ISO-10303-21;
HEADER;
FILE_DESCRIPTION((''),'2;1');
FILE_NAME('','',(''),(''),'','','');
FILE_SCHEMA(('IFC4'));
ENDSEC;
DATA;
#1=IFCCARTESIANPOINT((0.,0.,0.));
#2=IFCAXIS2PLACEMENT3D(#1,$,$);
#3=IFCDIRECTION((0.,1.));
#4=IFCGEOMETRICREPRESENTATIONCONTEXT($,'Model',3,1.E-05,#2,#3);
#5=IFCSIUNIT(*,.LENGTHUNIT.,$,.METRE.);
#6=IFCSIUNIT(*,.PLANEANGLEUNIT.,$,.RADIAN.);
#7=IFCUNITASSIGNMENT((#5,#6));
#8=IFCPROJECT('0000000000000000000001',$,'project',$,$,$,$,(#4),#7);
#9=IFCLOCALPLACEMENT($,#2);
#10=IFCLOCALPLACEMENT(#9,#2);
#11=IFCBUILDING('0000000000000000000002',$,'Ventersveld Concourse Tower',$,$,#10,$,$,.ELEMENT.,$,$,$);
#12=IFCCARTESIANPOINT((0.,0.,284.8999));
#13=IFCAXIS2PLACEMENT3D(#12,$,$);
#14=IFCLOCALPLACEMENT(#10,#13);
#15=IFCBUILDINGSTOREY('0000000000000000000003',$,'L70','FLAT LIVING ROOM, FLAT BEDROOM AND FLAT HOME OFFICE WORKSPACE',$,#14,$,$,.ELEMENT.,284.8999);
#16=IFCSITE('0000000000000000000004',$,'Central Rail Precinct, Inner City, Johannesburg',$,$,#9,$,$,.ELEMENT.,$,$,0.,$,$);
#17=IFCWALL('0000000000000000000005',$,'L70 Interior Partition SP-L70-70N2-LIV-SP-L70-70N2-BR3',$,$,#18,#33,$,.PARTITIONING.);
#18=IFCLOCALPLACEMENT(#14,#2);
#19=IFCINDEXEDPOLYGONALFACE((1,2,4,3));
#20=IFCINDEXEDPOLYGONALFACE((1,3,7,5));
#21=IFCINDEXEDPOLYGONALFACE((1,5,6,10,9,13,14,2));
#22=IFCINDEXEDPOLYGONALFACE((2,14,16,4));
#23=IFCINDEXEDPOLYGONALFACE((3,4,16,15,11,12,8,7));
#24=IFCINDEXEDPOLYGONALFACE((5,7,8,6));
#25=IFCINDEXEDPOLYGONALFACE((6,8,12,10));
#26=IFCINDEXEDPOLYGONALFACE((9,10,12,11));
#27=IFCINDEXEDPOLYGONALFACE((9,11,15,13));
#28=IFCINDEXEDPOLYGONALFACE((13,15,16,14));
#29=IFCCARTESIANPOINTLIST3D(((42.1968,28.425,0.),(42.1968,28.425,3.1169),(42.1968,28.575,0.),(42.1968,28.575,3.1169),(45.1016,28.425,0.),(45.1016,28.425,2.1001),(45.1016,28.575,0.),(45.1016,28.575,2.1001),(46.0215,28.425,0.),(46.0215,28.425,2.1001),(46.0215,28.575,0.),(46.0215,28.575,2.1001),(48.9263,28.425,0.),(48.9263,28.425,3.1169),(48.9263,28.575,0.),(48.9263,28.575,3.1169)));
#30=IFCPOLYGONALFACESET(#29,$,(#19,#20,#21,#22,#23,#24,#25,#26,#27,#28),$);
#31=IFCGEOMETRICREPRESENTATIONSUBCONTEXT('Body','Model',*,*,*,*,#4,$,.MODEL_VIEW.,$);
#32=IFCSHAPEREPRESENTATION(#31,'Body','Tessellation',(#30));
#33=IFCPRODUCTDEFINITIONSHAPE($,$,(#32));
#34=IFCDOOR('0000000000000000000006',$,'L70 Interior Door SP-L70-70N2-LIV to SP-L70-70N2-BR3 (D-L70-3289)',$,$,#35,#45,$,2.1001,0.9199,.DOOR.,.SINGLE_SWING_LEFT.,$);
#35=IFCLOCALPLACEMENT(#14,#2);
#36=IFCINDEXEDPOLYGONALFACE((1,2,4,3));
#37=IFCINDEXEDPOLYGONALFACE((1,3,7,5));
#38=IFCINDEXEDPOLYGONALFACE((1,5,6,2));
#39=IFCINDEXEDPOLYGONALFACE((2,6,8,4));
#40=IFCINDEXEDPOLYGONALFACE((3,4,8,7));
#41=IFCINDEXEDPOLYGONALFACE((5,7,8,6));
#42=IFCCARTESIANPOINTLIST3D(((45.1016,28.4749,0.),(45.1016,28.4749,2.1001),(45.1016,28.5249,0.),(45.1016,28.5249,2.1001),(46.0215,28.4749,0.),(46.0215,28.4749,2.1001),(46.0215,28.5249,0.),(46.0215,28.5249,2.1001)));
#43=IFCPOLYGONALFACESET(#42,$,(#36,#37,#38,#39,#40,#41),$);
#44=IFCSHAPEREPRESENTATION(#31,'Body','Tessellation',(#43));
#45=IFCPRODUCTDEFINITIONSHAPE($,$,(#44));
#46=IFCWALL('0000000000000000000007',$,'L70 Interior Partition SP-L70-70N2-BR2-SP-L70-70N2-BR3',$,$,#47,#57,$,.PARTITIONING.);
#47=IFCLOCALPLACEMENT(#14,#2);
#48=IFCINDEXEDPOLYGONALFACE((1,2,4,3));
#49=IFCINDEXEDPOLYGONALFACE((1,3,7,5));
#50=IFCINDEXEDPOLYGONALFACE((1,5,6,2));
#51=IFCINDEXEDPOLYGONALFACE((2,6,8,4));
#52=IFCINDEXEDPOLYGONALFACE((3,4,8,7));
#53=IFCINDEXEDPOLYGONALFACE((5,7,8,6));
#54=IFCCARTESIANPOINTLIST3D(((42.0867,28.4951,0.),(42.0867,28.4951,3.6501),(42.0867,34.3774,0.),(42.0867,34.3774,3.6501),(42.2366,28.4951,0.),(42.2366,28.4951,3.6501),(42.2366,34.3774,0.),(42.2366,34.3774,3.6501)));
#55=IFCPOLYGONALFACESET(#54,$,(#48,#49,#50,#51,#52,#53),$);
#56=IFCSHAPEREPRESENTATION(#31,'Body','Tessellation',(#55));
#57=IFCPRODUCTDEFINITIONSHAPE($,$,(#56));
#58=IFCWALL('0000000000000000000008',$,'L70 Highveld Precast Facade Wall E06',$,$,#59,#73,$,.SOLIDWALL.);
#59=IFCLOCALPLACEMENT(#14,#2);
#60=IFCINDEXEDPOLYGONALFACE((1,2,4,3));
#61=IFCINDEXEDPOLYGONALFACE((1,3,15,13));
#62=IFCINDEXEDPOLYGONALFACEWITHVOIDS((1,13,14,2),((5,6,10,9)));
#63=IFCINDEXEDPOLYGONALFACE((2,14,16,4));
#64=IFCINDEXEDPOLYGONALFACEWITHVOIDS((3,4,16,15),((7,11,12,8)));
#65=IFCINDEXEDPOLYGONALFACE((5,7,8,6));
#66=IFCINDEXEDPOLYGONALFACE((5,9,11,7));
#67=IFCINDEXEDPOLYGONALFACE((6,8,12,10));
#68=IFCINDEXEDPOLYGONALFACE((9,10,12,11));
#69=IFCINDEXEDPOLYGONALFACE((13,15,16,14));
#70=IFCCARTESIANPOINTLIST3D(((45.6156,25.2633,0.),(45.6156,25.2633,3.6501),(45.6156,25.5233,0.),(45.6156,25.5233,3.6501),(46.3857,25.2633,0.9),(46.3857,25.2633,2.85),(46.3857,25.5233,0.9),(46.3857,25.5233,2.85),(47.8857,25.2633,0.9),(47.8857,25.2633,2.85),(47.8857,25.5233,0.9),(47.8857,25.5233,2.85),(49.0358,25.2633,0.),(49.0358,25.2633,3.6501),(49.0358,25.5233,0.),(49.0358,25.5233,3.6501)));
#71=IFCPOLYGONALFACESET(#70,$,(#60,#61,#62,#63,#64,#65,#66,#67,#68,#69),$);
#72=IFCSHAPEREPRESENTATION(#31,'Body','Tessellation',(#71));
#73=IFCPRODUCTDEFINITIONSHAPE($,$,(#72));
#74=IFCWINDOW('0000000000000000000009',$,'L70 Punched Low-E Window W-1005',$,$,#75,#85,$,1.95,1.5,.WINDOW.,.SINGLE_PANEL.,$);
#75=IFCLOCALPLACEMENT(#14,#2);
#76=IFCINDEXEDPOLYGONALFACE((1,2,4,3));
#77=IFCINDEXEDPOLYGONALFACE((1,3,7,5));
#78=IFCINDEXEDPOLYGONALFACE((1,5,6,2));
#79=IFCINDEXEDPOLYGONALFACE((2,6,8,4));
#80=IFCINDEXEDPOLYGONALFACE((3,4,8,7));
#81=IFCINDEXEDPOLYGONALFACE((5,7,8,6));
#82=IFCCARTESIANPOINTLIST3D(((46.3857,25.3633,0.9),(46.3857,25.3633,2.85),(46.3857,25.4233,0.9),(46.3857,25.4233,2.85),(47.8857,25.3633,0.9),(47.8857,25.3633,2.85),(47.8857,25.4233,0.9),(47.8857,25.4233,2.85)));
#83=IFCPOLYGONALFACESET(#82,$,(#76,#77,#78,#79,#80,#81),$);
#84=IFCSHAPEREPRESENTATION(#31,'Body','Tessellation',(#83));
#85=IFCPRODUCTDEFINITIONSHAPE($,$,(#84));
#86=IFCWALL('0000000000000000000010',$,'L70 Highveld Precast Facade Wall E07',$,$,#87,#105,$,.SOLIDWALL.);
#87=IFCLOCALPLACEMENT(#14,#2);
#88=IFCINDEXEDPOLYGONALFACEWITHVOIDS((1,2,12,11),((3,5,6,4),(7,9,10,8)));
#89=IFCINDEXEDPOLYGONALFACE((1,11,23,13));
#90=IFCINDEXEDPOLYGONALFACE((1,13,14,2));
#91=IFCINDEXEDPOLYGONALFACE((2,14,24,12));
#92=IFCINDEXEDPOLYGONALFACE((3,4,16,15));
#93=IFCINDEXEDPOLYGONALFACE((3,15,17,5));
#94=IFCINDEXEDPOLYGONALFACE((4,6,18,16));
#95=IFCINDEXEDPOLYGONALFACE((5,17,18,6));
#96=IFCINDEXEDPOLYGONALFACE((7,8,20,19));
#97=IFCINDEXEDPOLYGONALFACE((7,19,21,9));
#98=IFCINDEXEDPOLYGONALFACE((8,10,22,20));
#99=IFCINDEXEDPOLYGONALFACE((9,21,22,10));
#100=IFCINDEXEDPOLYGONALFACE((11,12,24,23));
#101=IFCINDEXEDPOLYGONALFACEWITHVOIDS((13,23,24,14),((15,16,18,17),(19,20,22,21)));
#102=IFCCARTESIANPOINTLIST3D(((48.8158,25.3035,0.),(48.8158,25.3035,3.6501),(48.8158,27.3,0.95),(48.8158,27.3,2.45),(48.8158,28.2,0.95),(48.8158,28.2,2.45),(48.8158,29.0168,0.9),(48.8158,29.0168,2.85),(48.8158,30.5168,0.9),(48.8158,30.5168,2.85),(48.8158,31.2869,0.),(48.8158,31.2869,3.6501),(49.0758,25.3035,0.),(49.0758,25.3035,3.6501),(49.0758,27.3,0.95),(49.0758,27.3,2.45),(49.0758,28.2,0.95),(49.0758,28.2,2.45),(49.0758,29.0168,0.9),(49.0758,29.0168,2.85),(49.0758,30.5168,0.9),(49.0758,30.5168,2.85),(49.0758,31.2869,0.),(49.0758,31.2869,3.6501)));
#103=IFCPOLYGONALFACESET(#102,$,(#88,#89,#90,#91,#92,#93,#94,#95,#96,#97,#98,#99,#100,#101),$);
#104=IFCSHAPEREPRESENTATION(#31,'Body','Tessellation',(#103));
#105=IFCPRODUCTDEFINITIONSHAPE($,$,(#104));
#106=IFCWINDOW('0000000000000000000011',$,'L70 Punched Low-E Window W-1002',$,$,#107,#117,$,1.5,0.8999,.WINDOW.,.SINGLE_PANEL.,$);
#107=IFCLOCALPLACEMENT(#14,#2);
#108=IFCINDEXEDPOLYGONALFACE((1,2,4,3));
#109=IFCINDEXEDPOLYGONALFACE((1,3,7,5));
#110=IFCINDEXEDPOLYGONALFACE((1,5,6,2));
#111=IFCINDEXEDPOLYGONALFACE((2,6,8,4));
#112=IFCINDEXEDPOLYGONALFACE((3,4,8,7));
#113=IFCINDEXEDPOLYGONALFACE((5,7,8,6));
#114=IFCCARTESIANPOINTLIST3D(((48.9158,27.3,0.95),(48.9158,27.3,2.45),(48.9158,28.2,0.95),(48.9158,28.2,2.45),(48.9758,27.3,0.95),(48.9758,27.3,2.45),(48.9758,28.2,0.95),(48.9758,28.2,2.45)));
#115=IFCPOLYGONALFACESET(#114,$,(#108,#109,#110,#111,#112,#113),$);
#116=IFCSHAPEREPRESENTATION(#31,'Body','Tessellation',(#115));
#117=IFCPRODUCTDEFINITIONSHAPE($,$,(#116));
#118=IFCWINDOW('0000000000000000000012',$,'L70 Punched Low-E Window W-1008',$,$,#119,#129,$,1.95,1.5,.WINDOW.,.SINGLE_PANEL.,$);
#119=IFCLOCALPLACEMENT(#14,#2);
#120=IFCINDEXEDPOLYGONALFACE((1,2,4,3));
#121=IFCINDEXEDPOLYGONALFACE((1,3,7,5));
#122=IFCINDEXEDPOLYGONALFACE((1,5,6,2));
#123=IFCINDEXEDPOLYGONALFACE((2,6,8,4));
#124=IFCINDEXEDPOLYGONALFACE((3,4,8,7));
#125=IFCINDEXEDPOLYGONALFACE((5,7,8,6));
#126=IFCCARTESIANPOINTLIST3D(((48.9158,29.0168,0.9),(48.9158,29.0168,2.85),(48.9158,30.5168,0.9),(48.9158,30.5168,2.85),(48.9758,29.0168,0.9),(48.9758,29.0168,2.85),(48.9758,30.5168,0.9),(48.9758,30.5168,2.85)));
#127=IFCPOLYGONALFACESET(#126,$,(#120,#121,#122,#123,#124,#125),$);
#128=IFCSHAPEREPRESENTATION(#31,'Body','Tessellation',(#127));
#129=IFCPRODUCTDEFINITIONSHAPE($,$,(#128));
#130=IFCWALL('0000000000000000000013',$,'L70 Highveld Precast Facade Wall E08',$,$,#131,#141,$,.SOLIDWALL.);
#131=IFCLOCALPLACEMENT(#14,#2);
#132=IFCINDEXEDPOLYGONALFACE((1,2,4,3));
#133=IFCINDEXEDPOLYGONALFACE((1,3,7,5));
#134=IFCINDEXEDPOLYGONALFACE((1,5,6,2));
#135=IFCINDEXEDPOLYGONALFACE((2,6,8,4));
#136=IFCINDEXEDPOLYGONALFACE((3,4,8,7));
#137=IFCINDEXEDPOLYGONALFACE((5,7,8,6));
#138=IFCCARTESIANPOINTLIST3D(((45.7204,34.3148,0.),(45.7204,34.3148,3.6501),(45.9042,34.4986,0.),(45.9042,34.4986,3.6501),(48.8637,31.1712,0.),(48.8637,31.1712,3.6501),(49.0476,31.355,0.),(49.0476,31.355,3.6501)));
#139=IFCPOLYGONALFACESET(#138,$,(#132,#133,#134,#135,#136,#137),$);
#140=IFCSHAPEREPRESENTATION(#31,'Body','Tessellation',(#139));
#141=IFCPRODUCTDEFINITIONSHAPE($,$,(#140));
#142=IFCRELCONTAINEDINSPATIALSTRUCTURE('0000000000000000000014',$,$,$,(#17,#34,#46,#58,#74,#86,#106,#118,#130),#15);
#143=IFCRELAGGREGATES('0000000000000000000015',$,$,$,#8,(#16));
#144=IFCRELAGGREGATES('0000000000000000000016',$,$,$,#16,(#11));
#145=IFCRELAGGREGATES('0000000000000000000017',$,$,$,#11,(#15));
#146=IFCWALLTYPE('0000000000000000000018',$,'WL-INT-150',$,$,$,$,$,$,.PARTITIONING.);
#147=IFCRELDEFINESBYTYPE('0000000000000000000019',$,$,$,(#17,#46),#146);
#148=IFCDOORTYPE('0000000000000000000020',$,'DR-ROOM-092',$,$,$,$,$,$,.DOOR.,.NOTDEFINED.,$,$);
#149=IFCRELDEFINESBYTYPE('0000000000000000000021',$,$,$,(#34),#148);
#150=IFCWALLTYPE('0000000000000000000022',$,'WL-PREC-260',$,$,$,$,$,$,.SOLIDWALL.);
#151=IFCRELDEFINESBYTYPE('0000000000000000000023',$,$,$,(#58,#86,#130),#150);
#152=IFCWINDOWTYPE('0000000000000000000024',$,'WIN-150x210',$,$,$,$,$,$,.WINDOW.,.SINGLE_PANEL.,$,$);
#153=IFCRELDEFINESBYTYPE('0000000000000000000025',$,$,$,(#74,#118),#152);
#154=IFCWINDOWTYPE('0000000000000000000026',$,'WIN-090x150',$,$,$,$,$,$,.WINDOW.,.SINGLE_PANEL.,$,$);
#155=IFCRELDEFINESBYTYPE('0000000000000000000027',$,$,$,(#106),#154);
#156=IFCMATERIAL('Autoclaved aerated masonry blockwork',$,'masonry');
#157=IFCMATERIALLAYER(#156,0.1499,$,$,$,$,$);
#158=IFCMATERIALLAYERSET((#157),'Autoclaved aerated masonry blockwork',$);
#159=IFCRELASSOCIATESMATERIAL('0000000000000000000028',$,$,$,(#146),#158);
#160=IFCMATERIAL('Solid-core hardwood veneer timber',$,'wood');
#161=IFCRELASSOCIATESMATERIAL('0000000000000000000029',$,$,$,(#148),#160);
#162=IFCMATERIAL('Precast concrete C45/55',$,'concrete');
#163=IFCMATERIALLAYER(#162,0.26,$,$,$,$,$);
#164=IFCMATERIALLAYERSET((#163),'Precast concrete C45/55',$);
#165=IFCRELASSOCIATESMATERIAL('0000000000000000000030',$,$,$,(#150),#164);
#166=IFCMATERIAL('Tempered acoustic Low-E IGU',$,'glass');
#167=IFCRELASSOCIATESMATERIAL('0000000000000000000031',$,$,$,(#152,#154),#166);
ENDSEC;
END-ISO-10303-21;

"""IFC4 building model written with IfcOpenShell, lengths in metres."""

from ifc_helpers import new_model, si_unit, direction, frame, frame_2d, origin, place, context, subcontext, project, spatial, rectangle, extrude, material, layer, layer_set, type_object, element, fill, save


model = new_model("IFC4")

# Units and contexts
model_context = context("Model", 3, precision=1e-05, world=origin(), true_north=direction((0.0, 1.0)))
body_context = subcontext(model_context, "Body", "Model", "MODEL_VIEW")
ifc_project = project(units=[si_unit("LENGTHUNIT", "METRE"), si_unit("PLANEANGLEUNIT", "RADIAN")], contexts=[model_context])

# Site, building, storey
site_placement = place(None, origin())
site = spatial("IfcSite", under=ifc_project, at=site_placement, Name="Central Rail Precinct, Inner City, Johannesburg", CompositionType="ELEMENT", RefElevation=0.0)
building_placement = place(site_placement, origin())
building = spatial("IfcBuilding", under=site, at=building_placement, Name="Ventersveld Concourse Tower", CompositionType="ELEMENT")
storey_placement = place(building_placement, frame((0.0, 0.0, 284.8999)))
storey = spatial("IfcBuildingStorey", under=building, at=storey_placement, Name="L70", Description="FLAT LIVING ROOM, FLAT BEDROOM AND FLAT HOME OFFICE WORKSPACE", CompositionType="ELEMENT", Elevation=284.8999)

# Wall, opening, door
ifc_material_1 = material(Name="Autoclaved aerated masonry blockwork", Category="masonry")
ifc_layer_1 = layer(ifc_material_1, 0.1499)
ifc_layer_set_1 = layer_set([ifc_layer_1], Name="Autoclaved aerated masonry blockwork")
wall_type_1 = type_object("IfcWallType", Name="WL-INT-150", PredefinedType="PARTITIONING", material=ifc_layer_set_1)
ifc_material_2 = material(Name="Solid-core hardwood veneer timber", Category="wood")
door_type = type_object("IfcDoorType", Name="DR-ROOM-092", OperationType="NOTDEFINED", PredefinedType="DOOR", material=ifc_material_2)
wall_1_placement = place(storey_placement, frame((42.1968, 28.5, 0.0), z_axis=(0.0, 0.0, 1.0), x_axis=(1.0, 0.0, 0.0)))
wall_1 = element("IfcWall", 1, at=wall_1_placement, inside=storey, type_object=wall_type_1, Name="L70 Interior Partition SP-L70-70N2-LIV-SP-L70-70N2-BR3", PredefinedType="PARTITIONING", context=body_context, shape_type="SweptSolid", body=[
    extrude(rectangle(XDim=6.7295, YDim=0.1499, at=frame_2d((3.3647, 0.0))), origin(), (0.0, 0.0, 1.0), 3.1169),
])
opening_1_placement = place(wall_1_placement, frame((2.9048, 0.0, 0.0)))
opening_1 = element("IfcOpeningElement", 2, at=opening_1_placement, cuts=wall_1, PredefinedType="OPENING", context=body_context, shape_type="SweptSolid", body=[
    extrude(rectangle(XDim=0.9199, YDim=2.1001, at=frame_2d((0.46, 1.05))), frame((0.0, 0.085, 0.0), z_axis=(0.0, -1.0, 0.0), x_axis=(1.0, 0.0, 0.0)), (0.0, 0.0, 1.0), 0.1699),
])
door_1_placement = place(opening_1_placement, origin())
door_1 = element("IfcDoor", 3, at=door_1_placement, inside=storey, type_object=door_type, Name="L70 Interior Door SP-L70-70N2-LIV to SP-L70-70N2-BR3 (D-L70-3289)", OperationType="SINGLE_SWING_LEFT", OverallHeight=2.1001, OverallWidth=0.9199, PredefinedType="DOOR", context=body_context, shape_type="SweptSolid", body=[
    extrude(rectangle(XDim=0.9199, YDim=2.1001, at=frame_2d((0.46, 1.05))), frame((0.0, 0.0249, 0.0), z_axis=(0.0, -1.0, 0.0), x_axis=(1.0, 0.0, 0.0)), (0.0, 0.0, 1.0), 0.05),
])
fill(opening_1, door_1)

# Wall
wall_2_placement = place(storey_placement, frame((42.1616, 28.4951, 0.0), z_axis=(0.0, 0.0, 1.0), x_axis=(0.0, 1.0, 0.0)))
element("IfcWall", 4, at=wall_2_placement, inside=storey, type_object=wall_type_1, Name="L70 Interior Partition SP-L70-70N2-BR2-SP-L70-70N2-BR3", PredefinedType="PARTITIONING", context=body_context, shape_type="SweptSolid", body=[
    extrude(rectangle(XDim=5.8823, YDim=0.1499, at=frame_2d((2.9412, 0.0))), origin(), (0.0, 0.0, 1.0), 3.6501),
])

# Wall, opening, window
ifc_material_3 = material(Name="Precast concrete C45/55", Category="concrete")
ifc_layer_2 = layer(ifc_material_3, 0.26)
ifc_layer_set_2 = layer_set([ifc_layer_2], Name="Precast concrete C45/55")
wall_type_2 = type_object("IfcWallType", Name="WL-PREC-260", PredefinedType="SOLIDWALL", material=ifc_layer_set_2)
wall_3_placement = place(storey_placement, frame((45.6157, 25.3933, 0.0), z_axis=(0.0, 0.0, 1.0), x_axis=(1.0, 0.0, 0.0)))
wall_3 = element("IfcWall", 5, at=wall_3_placement, inside=storey, type_object=wall_type_2, Name="L70 Highveld Precast Facade Wall E06", PredefinedType="SOLIDWALL", context=body_context, shape_type="SweptSolid", body=[
    extrude(rectangle(XDim=3.4202, YDim=0.26, at=frame_2d((1.71, 0.0))), origin(), (0.0, 0.0, 1.0), 3.6501),
])
opening_2_placement = place(wall_3_placement, frame((0.77, 0.0, 0.8999)))
opening_2 = element("IfcOpeningElement", 6, at=opening_2_placement, cuts=wall_3, PredefinedType="OPENING", context=body_context, shape_type="SweptSolid", body=[
    extrude(rectangle(XDim=1.5, YDim=1.95, at=frame_2d((0.75, 0.9751))), frame((0.0, 0.1401, 0.0), z_axis=(0.0, -1.0, 0.0), x_axis=(1.0, 0.0, 0.0)), (0.0, 0.0, 1.0), 0.28),
])
ifc_material_4 = material(Name="Tempered acoustic Low-E IGU", Category="glass")
window_type_1 = type_object("IfcWindowType", Name="WIN-150x210", PartitioningType="SINGLE_PANEL", PredefinedType="WINDOW", material=ifc_material_4)
window_1_placement = place(opening_2_placement, origin())
window_1 = element("IfcWindow", 7, at=window_1_placement, inside=storey, type_object=window_type_1, Name="L70 Punched Low-E Window W-1005", OverallHeight=1.95, OverallWidth=1.5, PartitioningType="SINGLE_PANEL", PredefinedType="WINDOW", context=body_context, shape_type="SweptSolid", body=[
    extrude(rectangle(XDim=1.5, YDim=1.95, at=frame_2d((0.75, 0.9751))), frame((0.0, 0.03, 0.0), z_axis=(0.0, -1.0, 0.0), x_axis=(1.0, 0.0, 0.0)), (0.0, 0.0, 1.0), 0.0601),
])
fill(opening_2, window_1)

# Wall, openings, windows
wall_4_placement = place(storey_placement, frame((48.9458, 25.3035, 0.0), z_axis=(0.0, 0.0, 1.0), x_axis=(0.0, 1.0, 0.0)))
wall_4 = element("IfcWall", 8, at=wall_4_placement, inside=storey, type_object=wall_type_2, Name="L70 Highveld Precast Facade Wall E07", PredefinedType="SOLIDWALL", context=body_context, shape_type="SweptSolid", body=[
    extrude(rectangle(XDim=5.9834, YDim=0.26, at=frame_2d((2.9917, 0.0))), origin(), (0.0, 0.0, 1.0), 3.6501),
])
opening_3_placement = place(wall_4_placement, frame((1.9966, 0.0, 0.95)))
opening_3 = element("IfcOpeningElement", 9, at=opening_3_placement, cuts=wall_4, PredefinedType="OPENING", context=body_context, shape_type="SweptSolid", body=[
    extrude(rectangle(XDim=0.8999, YDim=1.5, at=frame_2d((0.45, 0.75))), frame((0.0, 0.1401, 0.0), z_axis=(0.0, -1.0, 0.0), x_axis=(1.0, 0.0, 0.0)), (0.0, 0.0, 1.0), 0.28),
])
opening_4_placement = place(wall_4_placement, frame((3.7134, 0.0, 0.8999)))
opening_4 = element("IfcOpeningElement", 10, at=opening_4_placement, cuts=wall_4, PredefinedType="OPENING", context=body_context, shape_type="SweptSolid", body=[
    extrude(rectangle(XDim=1.5, YDim=1.95, at=frame_2d((0.75, 0.9751))), frame((0.0, 0.1401, 0.0), z_axis=(0.0, -1.0, 0.0), x_axis=(1.0, 0.0, 0.0)), (0.0, 0.0, 1.0), 0.28),
])
window_type_2 = type_object("IfcWindowType", Name="WIN-090x150", PartitioningType="SINGLE_PANEL", PredefinedType="WINDOW", material=ifc_material_4)
window_2_placement = place(opening_3_placement, origin())
window_2 = element("IfcWindow", 11, at=window_2_placement, inside=storey, type_object=window_type_2, Name="L70 Punched Low-E Window W-1002", OverallHeight=1.5, OverallWidth=0.8999, PartitioningType="SINGLE_PANEL", PredefinedType="WINDOW", context=body_context, shape_type="SweptSolid", body=[
    extrude(rectangle(XDim=0.8999, YDim=1.5, at=frame_2d((0.45, 0.75))), frame((0.0, 0.03, 0.0), z_axis=(0.0, -1.0, 0.0), x_axis=(1.0, 0.0, 0.0)), (0.0, 0.0, 1.0), 0.0601),
])
fill(opening_3, window_2)
window_3_placement = place(opening_4_placement, origin())
window_3 = element("IfcWindow", 12, at=window_3_placement, inside=storey, type_object=window_type_1, Name="L70 Punched Low-E Window W-1008", OverallHeight=1.95, OverallWidth=1.5, PartitioningType="SINGLE_PANEL", PredefinedType="WINDOW", context=body_context, shape_type="SweptSolid", body=[
    extrude(rectangle(XDim=1.5, YDim=1.95, at=frame_2d((0.75, 0.9751))), frame((0.0, 0.03, 0.0), z_axis=(0.0, -1.0, 0.0), x_axis=(1.0, 0.0, 0.0)), (0.0, 0.0, 1.0), 0.0601),
])
fill(opening_4, window_3)

# Wall
wall_5_placement = place(storey_placement, frame((48.9556, 31.2632, 0.0), z_axis=(0.0, 0.0, 1.0), x_axis=(-0.707079, 0.707134, 0.0)))
element("IfcWall", 13, at=wall_5_placement, inside=storey, type_object=wall_type_2, Name="L70 Highveld Precast Facade Wall E08", PredefinedType="SOLIDWALL", context=body_context, shape_type="SweptSolid", body=[
    extrude(rectangle(XDim=4.4456, YDim=0.26, at=frame_2d((2.2227, 0.0))), origin(), (0.0, 0.0, 1.0), 3.6501),
])

save(model, "model.ifc")
